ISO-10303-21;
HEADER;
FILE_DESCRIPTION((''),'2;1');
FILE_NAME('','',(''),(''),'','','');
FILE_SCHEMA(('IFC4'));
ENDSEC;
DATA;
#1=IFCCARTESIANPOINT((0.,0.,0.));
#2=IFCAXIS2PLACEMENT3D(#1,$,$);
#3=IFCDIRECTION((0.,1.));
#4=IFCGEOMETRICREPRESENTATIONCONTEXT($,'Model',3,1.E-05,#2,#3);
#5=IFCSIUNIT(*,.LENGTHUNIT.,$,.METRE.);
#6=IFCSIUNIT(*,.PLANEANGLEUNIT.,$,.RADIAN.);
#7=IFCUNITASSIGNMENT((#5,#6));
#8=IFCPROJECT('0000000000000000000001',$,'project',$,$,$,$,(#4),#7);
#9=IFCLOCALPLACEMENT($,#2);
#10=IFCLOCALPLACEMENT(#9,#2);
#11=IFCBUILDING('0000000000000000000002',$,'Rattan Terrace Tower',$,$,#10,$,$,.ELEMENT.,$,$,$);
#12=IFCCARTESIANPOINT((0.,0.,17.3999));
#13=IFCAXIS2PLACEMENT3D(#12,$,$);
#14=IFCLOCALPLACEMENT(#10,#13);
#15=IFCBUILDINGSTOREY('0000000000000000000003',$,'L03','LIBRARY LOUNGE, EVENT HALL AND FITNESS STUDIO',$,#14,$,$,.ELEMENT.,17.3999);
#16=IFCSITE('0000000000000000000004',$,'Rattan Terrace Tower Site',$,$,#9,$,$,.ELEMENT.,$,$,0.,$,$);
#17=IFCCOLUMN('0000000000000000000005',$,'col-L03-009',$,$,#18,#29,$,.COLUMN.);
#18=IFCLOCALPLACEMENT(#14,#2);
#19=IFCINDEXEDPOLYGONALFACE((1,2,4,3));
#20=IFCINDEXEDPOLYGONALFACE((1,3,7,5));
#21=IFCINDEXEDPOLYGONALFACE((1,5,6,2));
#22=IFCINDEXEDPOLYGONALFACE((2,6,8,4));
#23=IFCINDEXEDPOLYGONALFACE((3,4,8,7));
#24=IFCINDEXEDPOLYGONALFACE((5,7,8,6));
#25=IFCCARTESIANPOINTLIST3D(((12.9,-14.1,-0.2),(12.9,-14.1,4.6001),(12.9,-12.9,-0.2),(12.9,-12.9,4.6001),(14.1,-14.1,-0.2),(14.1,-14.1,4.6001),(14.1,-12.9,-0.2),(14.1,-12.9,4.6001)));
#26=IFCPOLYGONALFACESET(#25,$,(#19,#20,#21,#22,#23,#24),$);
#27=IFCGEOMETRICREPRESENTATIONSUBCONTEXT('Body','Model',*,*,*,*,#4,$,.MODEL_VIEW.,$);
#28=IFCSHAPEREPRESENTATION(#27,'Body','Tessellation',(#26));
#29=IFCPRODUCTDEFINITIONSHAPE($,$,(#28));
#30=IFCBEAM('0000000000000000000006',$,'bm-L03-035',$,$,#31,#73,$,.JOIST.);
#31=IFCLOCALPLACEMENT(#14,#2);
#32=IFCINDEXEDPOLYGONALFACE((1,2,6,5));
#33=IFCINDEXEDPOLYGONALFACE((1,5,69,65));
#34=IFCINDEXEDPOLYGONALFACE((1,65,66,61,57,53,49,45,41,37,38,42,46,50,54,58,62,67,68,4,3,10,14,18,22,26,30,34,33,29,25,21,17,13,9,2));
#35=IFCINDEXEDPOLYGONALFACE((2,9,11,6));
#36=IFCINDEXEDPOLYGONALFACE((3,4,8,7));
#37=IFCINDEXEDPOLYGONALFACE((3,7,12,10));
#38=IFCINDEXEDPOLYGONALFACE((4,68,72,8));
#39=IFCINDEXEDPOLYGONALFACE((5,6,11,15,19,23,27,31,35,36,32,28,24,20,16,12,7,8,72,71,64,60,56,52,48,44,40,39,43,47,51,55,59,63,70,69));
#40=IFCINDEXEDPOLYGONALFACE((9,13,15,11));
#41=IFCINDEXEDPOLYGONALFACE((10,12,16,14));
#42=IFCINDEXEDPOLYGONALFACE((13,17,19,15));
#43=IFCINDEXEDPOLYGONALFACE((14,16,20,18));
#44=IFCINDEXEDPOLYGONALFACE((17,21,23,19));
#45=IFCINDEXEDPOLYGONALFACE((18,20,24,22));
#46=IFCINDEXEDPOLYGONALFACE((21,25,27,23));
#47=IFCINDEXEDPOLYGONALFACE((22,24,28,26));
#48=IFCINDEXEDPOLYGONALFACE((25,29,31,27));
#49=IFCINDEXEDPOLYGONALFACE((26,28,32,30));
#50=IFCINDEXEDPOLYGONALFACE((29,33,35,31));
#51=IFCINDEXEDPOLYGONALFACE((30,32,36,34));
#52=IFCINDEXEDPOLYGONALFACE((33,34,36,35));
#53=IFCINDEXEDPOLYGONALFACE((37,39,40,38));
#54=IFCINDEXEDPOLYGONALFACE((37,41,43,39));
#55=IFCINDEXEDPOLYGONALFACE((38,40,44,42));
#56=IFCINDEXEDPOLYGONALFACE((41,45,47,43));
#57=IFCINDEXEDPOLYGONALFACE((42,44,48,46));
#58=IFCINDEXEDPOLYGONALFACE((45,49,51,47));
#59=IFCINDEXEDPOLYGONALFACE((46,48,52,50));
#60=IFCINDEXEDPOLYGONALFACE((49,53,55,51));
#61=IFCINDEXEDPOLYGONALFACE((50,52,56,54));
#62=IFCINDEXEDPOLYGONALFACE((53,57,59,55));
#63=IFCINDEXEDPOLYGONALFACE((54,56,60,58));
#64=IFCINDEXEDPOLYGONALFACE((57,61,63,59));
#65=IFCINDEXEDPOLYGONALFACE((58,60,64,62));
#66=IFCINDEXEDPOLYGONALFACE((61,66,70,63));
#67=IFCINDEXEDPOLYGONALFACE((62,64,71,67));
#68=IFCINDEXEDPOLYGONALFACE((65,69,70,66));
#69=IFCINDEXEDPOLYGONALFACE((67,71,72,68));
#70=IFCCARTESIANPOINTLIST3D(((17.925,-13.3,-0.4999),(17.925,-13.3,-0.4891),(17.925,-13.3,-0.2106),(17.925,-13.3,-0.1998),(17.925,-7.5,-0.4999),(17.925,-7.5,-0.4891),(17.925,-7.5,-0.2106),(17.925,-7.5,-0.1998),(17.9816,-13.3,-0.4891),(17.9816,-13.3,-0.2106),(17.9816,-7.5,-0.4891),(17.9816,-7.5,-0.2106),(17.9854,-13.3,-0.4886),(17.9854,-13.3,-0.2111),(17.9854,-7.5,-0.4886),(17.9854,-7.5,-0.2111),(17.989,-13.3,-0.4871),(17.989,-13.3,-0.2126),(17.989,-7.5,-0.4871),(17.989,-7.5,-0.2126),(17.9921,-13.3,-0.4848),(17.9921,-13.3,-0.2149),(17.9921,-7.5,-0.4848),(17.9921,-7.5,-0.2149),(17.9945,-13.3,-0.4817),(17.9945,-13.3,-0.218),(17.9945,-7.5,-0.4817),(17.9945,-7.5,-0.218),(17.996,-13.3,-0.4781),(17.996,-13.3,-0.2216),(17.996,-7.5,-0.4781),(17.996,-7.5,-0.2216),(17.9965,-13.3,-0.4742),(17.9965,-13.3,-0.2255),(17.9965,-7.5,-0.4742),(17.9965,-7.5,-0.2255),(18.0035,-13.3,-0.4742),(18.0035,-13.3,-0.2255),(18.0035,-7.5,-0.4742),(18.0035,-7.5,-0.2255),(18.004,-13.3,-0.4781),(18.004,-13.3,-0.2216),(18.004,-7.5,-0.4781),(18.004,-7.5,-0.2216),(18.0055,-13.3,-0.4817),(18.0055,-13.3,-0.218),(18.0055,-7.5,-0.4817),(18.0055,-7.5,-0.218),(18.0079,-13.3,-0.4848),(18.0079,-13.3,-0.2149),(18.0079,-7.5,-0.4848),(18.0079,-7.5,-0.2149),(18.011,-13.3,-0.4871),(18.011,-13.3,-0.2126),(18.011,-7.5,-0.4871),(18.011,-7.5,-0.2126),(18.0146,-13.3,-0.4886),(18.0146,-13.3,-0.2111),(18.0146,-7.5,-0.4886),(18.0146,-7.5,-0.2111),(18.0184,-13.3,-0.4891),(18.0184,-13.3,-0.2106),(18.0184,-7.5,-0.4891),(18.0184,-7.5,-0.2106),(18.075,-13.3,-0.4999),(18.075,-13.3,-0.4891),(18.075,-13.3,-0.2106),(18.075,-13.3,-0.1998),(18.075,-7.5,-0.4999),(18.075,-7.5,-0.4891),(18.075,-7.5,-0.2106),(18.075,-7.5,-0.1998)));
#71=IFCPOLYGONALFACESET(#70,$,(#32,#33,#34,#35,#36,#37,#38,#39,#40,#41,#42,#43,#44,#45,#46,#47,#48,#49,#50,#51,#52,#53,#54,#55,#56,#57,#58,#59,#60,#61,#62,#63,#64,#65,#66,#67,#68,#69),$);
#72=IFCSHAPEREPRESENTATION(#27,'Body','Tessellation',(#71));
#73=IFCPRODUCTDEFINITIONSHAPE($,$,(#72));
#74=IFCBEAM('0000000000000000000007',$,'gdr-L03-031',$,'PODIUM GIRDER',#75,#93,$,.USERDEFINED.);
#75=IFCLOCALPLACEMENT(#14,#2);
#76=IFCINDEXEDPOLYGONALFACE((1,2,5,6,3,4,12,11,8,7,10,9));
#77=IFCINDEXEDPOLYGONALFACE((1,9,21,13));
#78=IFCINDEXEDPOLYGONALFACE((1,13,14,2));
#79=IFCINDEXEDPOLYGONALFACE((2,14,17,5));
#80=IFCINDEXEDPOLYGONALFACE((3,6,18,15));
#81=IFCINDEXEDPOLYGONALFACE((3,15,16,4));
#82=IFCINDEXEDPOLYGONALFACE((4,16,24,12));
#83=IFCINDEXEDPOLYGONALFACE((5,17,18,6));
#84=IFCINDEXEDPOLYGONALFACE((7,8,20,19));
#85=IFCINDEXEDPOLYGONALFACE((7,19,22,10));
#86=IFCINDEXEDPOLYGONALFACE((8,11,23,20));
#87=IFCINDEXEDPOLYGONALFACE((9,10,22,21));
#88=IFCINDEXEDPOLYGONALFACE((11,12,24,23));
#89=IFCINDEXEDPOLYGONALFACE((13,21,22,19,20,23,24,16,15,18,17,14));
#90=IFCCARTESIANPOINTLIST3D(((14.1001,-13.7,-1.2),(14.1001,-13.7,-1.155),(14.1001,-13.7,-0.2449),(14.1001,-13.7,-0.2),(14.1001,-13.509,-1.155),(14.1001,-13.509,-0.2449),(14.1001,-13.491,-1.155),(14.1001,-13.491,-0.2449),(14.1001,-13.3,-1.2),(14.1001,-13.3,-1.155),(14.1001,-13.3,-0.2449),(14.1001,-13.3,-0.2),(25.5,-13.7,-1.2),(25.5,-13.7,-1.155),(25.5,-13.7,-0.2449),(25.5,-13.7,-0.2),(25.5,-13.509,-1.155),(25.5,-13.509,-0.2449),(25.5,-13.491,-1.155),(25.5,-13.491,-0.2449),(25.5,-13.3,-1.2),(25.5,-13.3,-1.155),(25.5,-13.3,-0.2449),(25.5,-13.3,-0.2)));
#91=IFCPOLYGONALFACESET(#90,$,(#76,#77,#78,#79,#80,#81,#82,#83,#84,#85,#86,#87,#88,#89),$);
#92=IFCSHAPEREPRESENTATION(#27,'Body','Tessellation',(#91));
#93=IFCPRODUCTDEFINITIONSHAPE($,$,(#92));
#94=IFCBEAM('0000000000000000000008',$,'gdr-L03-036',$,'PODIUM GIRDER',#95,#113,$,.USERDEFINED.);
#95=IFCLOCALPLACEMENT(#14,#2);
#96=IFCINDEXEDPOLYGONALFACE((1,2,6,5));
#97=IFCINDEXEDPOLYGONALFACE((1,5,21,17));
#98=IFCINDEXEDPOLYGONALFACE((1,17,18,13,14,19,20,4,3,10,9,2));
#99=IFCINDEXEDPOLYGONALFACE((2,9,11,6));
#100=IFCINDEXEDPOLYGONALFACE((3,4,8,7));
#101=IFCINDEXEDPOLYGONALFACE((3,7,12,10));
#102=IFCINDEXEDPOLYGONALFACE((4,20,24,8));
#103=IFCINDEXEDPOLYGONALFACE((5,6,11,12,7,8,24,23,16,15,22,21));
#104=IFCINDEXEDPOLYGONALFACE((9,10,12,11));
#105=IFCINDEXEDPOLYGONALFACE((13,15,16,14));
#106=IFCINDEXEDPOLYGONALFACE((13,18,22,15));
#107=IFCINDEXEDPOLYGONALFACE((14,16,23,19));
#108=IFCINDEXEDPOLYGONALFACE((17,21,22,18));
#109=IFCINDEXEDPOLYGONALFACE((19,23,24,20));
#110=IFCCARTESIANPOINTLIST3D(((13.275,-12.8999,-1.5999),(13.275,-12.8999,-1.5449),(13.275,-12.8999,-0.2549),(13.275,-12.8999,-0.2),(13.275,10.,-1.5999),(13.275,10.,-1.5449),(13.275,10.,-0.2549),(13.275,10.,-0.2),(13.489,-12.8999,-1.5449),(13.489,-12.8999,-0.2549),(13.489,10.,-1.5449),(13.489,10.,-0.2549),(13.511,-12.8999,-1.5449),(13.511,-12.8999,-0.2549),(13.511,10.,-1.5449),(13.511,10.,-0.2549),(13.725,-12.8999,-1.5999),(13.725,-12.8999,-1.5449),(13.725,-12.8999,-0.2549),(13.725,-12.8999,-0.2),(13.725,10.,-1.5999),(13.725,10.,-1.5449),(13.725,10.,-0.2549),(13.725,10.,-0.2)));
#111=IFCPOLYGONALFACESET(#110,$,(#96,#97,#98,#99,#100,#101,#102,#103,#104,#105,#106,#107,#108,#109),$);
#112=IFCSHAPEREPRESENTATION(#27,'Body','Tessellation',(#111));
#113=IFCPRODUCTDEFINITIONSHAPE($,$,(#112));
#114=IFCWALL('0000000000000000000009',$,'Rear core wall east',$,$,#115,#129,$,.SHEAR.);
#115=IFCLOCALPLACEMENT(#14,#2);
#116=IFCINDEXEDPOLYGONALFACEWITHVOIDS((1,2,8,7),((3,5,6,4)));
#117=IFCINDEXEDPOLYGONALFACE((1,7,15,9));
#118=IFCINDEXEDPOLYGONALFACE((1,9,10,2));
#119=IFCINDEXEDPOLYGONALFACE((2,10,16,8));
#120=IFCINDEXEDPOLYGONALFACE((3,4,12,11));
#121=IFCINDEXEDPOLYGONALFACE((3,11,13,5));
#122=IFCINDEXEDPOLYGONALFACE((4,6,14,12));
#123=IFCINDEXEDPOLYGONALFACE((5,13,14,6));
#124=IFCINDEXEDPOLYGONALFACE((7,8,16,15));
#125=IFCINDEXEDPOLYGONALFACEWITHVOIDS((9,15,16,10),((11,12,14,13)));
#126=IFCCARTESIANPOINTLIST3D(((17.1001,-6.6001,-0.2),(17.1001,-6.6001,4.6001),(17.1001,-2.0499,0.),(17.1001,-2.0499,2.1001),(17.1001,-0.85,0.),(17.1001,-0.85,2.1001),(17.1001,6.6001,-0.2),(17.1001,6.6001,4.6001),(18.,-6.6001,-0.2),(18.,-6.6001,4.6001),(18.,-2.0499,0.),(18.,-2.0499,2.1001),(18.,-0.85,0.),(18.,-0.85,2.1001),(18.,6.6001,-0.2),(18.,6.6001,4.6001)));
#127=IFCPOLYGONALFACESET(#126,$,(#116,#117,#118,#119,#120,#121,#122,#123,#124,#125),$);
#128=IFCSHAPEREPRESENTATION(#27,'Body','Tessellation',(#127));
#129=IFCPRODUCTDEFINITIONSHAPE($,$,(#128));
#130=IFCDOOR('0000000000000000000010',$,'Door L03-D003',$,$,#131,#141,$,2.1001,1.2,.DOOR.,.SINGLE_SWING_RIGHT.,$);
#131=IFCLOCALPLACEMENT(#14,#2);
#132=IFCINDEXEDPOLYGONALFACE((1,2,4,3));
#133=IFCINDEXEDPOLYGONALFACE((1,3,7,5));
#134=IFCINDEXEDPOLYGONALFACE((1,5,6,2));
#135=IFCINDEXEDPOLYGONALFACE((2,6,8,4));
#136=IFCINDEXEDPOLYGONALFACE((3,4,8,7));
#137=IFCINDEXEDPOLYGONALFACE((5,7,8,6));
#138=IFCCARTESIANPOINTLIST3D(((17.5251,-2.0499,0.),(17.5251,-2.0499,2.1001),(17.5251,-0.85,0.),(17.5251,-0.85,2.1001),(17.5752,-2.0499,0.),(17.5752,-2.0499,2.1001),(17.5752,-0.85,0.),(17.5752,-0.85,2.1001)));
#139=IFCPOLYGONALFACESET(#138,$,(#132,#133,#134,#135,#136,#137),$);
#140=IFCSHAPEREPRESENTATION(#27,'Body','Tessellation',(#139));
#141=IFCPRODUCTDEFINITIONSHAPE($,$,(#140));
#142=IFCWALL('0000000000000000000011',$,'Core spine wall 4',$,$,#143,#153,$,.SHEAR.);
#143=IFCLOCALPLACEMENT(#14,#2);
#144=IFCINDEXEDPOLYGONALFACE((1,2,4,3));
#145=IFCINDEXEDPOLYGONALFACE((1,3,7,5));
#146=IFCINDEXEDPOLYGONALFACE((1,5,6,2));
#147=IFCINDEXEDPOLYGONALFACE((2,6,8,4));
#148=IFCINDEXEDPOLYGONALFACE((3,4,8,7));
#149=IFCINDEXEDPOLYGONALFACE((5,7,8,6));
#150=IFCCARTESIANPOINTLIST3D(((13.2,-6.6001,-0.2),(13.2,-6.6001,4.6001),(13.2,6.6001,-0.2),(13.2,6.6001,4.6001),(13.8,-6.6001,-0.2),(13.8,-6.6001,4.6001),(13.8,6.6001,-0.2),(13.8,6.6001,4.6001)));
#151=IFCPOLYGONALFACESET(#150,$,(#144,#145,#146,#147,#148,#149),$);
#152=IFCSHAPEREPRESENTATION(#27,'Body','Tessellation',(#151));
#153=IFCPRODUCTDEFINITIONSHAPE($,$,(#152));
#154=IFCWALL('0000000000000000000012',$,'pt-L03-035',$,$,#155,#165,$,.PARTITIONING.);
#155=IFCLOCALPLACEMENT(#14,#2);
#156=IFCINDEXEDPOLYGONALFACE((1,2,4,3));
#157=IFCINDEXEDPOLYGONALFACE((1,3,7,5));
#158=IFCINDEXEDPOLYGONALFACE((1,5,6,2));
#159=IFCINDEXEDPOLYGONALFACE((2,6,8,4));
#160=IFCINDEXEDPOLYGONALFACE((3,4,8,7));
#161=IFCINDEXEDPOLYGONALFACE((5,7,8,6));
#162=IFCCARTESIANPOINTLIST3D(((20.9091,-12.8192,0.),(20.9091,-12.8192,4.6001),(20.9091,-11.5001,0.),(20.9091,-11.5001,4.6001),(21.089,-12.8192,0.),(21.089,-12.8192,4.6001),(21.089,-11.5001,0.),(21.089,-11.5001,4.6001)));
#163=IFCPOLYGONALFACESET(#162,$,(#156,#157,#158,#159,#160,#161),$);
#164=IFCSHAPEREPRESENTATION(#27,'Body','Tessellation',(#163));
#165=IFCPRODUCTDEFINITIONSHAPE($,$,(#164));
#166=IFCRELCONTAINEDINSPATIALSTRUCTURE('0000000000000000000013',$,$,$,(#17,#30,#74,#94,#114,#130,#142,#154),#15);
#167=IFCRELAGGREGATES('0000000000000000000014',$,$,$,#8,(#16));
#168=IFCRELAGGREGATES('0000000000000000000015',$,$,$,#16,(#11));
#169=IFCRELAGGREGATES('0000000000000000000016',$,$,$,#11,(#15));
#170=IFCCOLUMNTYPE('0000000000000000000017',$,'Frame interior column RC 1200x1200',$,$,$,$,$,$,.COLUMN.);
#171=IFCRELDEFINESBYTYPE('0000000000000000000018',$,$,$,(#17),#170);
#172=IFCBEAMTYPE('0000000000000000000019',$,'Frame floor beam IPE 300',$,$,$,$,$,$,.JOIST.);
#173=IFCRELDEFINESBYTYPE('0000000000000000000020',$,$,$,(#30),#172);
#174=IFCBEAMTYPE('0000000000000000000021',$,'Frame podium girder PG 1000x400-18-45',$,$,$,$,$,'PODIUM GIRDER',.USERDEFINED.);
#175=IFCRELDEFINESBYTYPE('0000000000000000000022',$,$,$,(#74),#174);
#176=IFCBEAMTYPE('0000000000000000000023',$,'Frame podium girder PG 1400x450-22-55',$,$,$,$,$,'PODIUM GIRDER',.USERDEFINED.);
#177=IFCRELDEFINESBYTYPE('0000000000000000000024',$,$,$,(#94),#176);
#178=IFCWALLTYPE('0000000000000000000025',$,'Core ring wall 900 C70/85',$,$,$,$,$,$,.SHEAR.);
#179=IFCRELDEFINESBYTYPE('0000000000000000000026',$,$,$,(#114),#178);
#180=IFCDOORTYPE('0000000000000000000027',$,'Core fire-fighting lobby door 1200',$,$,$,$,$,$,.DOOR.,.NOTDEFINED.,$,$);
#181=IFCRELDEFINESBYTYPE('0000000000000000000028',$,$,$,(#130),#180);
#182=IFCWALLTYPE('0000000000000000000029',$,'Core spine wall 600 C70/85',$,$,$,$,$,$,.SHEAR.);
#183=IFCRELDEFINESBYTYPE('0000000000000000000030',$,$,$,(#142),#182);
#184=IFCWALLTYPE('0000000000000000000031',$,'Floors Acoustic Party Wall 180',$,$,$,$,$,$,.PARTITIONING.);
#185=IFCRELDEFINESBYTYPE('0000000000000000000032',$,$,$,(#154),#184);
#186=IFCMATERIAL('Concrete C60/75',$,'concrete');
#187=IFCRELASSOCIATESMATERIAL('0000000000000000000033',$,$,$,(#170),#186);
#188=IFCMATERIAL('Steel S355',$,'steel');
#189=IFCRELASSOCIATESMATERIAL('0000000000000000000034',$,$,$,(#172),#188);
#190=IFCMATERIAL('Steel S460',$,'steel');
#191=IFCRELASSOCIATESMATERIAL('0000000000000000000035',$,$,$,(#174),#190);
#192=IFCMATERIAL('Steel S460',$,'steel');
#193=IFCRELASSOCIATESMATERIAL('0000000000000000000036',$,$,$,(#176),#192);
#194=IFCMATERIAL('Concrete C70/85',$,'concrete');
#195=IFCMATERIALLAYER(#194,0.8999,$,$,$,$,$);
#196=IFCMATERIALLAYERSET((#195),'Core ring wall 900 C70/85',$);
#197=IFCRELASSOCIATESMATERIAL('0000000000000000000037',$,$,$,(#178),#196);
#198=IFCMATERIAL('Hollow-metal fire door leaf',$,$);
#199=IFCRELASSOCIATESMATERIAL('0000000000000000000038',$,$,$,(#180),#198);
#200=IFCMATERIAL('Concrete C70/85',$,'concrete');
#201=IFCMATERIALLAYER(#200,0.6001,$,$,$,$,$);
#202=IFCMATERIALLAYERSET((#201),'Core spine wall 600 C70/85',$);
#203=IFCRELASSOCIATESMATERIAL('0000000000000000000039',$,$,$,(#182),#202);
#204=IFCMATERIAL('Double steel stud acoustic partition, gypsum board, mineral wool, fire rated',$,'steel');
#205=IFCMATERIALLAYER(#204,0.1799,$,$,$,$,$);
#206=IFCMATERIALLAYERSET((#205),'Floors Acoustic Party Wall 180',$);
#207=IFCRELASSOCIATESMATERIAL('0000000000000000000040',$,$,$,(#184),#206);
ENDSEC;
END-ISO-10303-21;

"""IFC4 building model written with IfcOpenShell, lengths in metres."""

from ifc_helpers import new_model, si_unit, direction, frame, frame_2d, origin, origin_2d, place, context, subcontext, project, spatial, rectangle, i_section, extrude, material, layer, layer_set, material_profile, profile_set, type_object, element, fill, save


model = new_model("IFC4")

# Units and contexts
model_context = context("Model", 3, precision=1e-05, world=origin(), true_north=direction((0.0, 1.0)))
body_context = subcontext(model_context, "Body", "Model", "MODEL_VIEW")
ifc_project = project(units=[si_unit("LENGTHUNIT", "METRE"), si_unit("PLANEANGLEUNIT", "RADIAN")], contexts=[model_context])

# Site, building, storey
site_placement = place(None, origin())
site = spatial("IfcSite", under=ifc_project, at=site_placement, Name="Rattan Terrace Tower Site", CompositionType="ELEMENT", RefElevation=0.0)
building_placement = place(site_placement, origin())
building = spatial("IfcBuilding", under=site, at=building_placement, Name="Rattan Terrace Tower", CompositionType="ELEMENT")
storey_placement = place(building_placement, frame((0.0, 0.0, 17.3999)))
storey = spatial("IfcBuildingStorey", under=building, at=storey_placement, Name="L03", Description="LIBRARY LOUNGE, EVENT HALL AND FITNESS STUDIO", CompositionType="ELEMENT", Elevation=17.3999)

# Column
ifc_material_1 = material(Name="Concrete C60/75", Category="concrete")
ifc_material_profile_1 = material_profile(ifc_material_1, rectangle(XDim=1.2, YDim=1.2, at=origin_2d()), Name="RC 1200x1200")
ifc_profile_set_1 = profile_set([ifc_material_profile_1], Name="Concrete C60/75")
column_type = type_object("IfcColumnType", Name="Frame interior column RC 1200x1200", PredefinedType="COLUMN", material=ifc_profile_set_1)
column_placement = place(storey_placement, frame((13.5, -13.5, -0.2), z_axis=(0.0, 0.0, 1.0), x_axis=(1.0, 0.0, 0.0)))
element("IfcColumn", 1, at=column_placement, inside=storey, type_object=column_type, Name="col-L03-009", PredefinedType="COLUMN", context=body_context, shape_type="SweptSolid", body=[
    extrude(rectangle(XDim=1.2, YDim=1.2, at=origin_2d()), origin(), (0.0, 0.0, 1.0), 4.8),
])

# Beams
ifc_material_2 = material(Name="Steel S355", Category="steel")
ifc_material_profile_2 = material_profile(ifc_material_2, i_section(OverallWidth=0.1499, OverallDepth=0.3, WebThickness=0.0071, FlangeThickness=0.0107, FilletRadius=0.0149, at=origin_2d()), Name="IPE 300")
ifc_profile_set_2 = profile_set([ifc_material_profile_2], Name="Steel S355")
beam_type_1 = type_object("IfcBeamType", Name="Frame floor beam IPE 300", PredefinedType="JOIST", material=ifc_profile_set_2)
beam_1_placement = place(storey_placement, frame((18.0, -13.3, -0.3499), z_axis=(0.0, 1.0, 0.0), x_axis=(-1.0, 0.0, 0.0)))
element("IfcBeam", 2, at=beam_1_placement, inside=storey, type_object=beam_type_1, Name="bm-L03-035", PredefinedType="JOIST", context=body_context, shape_type="SweptSolid", body=[
    extrude(i_section(OverallWidth=0.1499, OverallDepth=0.3, WebThickness=0.0071, FlangeThickness=0.0107, FilletRadius=0.0149, at=origin_2d()), origin(), (0.0, 0.0, 1.0), 5.8),
])
ifc_material_3 = material(Name="Steel S460", Category="steel")
ifc_material_profile_3 = material_profile(ifc_material_3, i_section(OverallWidth=0.3999, OverallDepth=1.0, WebThickness=0.0181, FlangeThickness=0.0449, at=origin_2d()), Name="PG 1000x400-18-45")
ifc_profile_set_3 = profile_set([ifc_material_profile_3], Name="Steel S460")
beam_type_2 = type_object("IfcBeamType", Name="Frame podium girder PG 1000x400-18-45", ElementType="PODIUM GIRDER", PredefinedType="USERDEFINED", material=ifc_profile_set_3)
beam_2_placement = place(storey_placement, frame((14.1001, -13.5, -0.7), z_axis=(1.0, 0.0, 0.0), x_axis=(0.0, 1.0, 0.0)))
element("IfcBeam", 3, at=beam_2_placement, inside=storey, type_object=beam_type_2, Name="gdr-L03-031", ObjectType="PODIUM GIRDER", PredefinedType="USERDEFINED", context=body_context, shape_type="SweptSolid", body=[
    extrude(i_section(OverallWidth=0.3999, OverallDepth=1.0, WebThickness=0.0181, FlangeThickness=0.0449, at=origin_2d()), origin(), (0.0, 0.0, 1.0), 11.3999),
])
ifc_material_4 = material(Name="Steel S460", Category="steel")
ifc_material_profile_4 = material_profile(ifc_material_4, i_section(OverallWidth=0.45, OverallDepth=1.3999, WebThickness=0.022, FlangeThickness=0.0549, at=origin_2d()), Name="PG 1400x450-22-55")
ifc_profile_set_4 = profile_set([ifc_material_profile_4], Name="Steel S460")
beam_type_3 = type_object("IfcBeamType", Name="Frame podium girder PG 1400x450-22-55", ElementType="PODIUM GIRDER", PredefinedType="USERDEFINED", material=ifc_profile_set_4)
beam_3_placement = place(storey_placement, frame((13.5, -12.8999, -0.8999), z_axis=(0.0, 1.0, 0.0), x_axis=(-1.0, 0.0, 0.0)))
element("IfcBeam", 4, at=beam_3_placement, inside=storey, type_object=beam_type_3, Name="gdr-L03-036", ObjectType="PODIUM GIRDER", PredefinedType="USERDEFINED", context=body_context, shape_type="SweptSolid", body=[
    extrude(i_section(OverallWidth=0.45, OverallDepth=1.3999, WebThickness=0.022, FlangeThickness=0.0549, at=origin_2d()), origin(), (0.0, 0.0, 1.0), 22.8999),
])

# Wall, opening, door
ifc_material_5 = material(Name="Concrete C70/85", Category="concrete")
ifc_layer_1 = layer(ifc_material_5, 0.8999)
ifc_layer_set_1 = layer_set([ifc_layer_1], Name="Core ring wall 900 C70/85")
wall_type_1 = type_object("IfcWallType", Name="Core ring wall 900 C70/85", PredefinedType="SHEAR", material=ifc_layer_set_1)
wall_1_placement = place(storey_placement, frame((17.55, -6.6001, -0.2), z_axis=(0.0, 0.0, 1.0), x_axis=(0.0, 1.0, 0.0)))
wall_1 = element("IfcWall", 5, at=wall_1_placement, inside=storey, type_object=wall_type_1, Name="Rear core wall east", PredefinedType="SHEAR", context=body_context, shape_type="SweptSolid", body=[
    extrude(rectangle(XDim=13.2002, YDim=0.8999, at=frame_2d((6.6001, 0.0))), origin(), (0.0, 0.0, 1.0), 4.8),
])
opening_1_placement = place(wall_1_placement, frame((4.55, 0.0, 0.2)))
opening_1 = element("IfcOpeningElement", 6, at=opening_1_placement, cuts=wall_1, PredefinedType="OPENING", context=body_context, shape_type="SweptSolid", body=[
    extrude(rectangle(XDim=1.2, YDim=2.1001, at=frame_2d((0.6001, 1.05))), frame((0.0, 0.4604, 0.0), z_axis=(0.0, -1.0, 0.0), x_axis=(1.0, 0.0, 0.0)), (0.0, 0.0, 1.0), 0.9209),
])
ifc_material_6 = material(Name="Hollow-metal fire door leaf")
door_type_1 = type_object("IfcDoorType", Name="Core fire-fighting lobby door 1200", OperationType="NOTDEFINED", PredefinedType="DOOR", material=ifc_material_6)
door_1_placement = place(opening_1_placement, origin())
door_1 = element("IfcDoor", 7, at=door_1_placement, inside=storey, type_object=door_type_1, Name="Door L03-D003", OperationType="SINGLE_SWING_RIGHT", OverallHeight=2.1001, OverallWidth=1.2, PredefinedType="DOOR", context=body_context, shape_type="SweptSolid", body=[
    extrude(rectangle(XDim=1.2, YDim=2.1001, at=frame_2d((0.6001, 1.05))), frame((0.0, 0.0249, 0.0), z_axis=(0.0, -1.0, 0.0), x_axis=(1.0, 0.0, 0.0)), (0.0, 0.0, 1.0), 0.05),
])
fill(opening_1, door_1)

# Walls
ifc_material_7 = material(Name="Concrete C70/85", Category="concrete")
ifc_layer_2 = layer(ifc_material_7, 0.6001)
ifc_layer_set_2 = layer_set([ifc_layer_2], Name="Core spine wall 600 C70/85")
wall_type_2 = type_object("IfcWallType", Name="Core spine wall 600 C70/85", PredefinedType="SHEAR", material=ifc_layer_set_2)
wall_2_placement = place(storey_placement, frame((13.5, -6.6001, -0.2), z_axis=(0.0, 0.0, 1.0), x_axis=(0.0, 1.0, 0.0)))
element("IfcWall", 8, at=wall_2_placement, inside=storey, type_object=wall_type_2, Name="Core spine wall 4", PredefinedType="SHEAR", context=body_context, shape_type="SweptSolid", body=[
    extrude(rectangle(XDim=13.2002, YDim=0.6001, at=frame_2d((6.6001, 0.0))), origin(), (0.0, 0.0, 1.0), 4.8),
])
ifc_material_8 = material(Name="Double steel stud acoustic partition, gypsum board, mineral wool, fire rated", Category="steel")
ifc_layer_3 = layer(ifc_material_8, 0.1799)
ifc_layer_set_3 = layer_set([ifc_layer_3], Name="Floors Acoustic Party Wall 180")
wall_type_3 = type_object("IfcWallType", Name="Floors Acoustic Party Wall 180", PredefinedType="PARTITIONING", material=ifc_layer_set_3)
wall_3_placement = place(storey_placement, frame((20.999, -11.5, 0.0), z_axis=(0.0, 0.0, 1.0), x_axis=(0.0, -1.0, 0.0)))
element("IfcWall", 9, at=wall_3_placement, inside=storey, type_object=wall_type_3, Name="pt-L03-035", PredefinedType="PARTITIONING", context=body_context, shape_type="SweptSolid", body=[
    extrude(rectangle(XDim=1.3191, YDim=0.1799, at=frame_2d((0.6597, 0.0))), origin(), (0.0, 0.0, 1.0), 4.6001),
])

save(model, "model.ifc")
